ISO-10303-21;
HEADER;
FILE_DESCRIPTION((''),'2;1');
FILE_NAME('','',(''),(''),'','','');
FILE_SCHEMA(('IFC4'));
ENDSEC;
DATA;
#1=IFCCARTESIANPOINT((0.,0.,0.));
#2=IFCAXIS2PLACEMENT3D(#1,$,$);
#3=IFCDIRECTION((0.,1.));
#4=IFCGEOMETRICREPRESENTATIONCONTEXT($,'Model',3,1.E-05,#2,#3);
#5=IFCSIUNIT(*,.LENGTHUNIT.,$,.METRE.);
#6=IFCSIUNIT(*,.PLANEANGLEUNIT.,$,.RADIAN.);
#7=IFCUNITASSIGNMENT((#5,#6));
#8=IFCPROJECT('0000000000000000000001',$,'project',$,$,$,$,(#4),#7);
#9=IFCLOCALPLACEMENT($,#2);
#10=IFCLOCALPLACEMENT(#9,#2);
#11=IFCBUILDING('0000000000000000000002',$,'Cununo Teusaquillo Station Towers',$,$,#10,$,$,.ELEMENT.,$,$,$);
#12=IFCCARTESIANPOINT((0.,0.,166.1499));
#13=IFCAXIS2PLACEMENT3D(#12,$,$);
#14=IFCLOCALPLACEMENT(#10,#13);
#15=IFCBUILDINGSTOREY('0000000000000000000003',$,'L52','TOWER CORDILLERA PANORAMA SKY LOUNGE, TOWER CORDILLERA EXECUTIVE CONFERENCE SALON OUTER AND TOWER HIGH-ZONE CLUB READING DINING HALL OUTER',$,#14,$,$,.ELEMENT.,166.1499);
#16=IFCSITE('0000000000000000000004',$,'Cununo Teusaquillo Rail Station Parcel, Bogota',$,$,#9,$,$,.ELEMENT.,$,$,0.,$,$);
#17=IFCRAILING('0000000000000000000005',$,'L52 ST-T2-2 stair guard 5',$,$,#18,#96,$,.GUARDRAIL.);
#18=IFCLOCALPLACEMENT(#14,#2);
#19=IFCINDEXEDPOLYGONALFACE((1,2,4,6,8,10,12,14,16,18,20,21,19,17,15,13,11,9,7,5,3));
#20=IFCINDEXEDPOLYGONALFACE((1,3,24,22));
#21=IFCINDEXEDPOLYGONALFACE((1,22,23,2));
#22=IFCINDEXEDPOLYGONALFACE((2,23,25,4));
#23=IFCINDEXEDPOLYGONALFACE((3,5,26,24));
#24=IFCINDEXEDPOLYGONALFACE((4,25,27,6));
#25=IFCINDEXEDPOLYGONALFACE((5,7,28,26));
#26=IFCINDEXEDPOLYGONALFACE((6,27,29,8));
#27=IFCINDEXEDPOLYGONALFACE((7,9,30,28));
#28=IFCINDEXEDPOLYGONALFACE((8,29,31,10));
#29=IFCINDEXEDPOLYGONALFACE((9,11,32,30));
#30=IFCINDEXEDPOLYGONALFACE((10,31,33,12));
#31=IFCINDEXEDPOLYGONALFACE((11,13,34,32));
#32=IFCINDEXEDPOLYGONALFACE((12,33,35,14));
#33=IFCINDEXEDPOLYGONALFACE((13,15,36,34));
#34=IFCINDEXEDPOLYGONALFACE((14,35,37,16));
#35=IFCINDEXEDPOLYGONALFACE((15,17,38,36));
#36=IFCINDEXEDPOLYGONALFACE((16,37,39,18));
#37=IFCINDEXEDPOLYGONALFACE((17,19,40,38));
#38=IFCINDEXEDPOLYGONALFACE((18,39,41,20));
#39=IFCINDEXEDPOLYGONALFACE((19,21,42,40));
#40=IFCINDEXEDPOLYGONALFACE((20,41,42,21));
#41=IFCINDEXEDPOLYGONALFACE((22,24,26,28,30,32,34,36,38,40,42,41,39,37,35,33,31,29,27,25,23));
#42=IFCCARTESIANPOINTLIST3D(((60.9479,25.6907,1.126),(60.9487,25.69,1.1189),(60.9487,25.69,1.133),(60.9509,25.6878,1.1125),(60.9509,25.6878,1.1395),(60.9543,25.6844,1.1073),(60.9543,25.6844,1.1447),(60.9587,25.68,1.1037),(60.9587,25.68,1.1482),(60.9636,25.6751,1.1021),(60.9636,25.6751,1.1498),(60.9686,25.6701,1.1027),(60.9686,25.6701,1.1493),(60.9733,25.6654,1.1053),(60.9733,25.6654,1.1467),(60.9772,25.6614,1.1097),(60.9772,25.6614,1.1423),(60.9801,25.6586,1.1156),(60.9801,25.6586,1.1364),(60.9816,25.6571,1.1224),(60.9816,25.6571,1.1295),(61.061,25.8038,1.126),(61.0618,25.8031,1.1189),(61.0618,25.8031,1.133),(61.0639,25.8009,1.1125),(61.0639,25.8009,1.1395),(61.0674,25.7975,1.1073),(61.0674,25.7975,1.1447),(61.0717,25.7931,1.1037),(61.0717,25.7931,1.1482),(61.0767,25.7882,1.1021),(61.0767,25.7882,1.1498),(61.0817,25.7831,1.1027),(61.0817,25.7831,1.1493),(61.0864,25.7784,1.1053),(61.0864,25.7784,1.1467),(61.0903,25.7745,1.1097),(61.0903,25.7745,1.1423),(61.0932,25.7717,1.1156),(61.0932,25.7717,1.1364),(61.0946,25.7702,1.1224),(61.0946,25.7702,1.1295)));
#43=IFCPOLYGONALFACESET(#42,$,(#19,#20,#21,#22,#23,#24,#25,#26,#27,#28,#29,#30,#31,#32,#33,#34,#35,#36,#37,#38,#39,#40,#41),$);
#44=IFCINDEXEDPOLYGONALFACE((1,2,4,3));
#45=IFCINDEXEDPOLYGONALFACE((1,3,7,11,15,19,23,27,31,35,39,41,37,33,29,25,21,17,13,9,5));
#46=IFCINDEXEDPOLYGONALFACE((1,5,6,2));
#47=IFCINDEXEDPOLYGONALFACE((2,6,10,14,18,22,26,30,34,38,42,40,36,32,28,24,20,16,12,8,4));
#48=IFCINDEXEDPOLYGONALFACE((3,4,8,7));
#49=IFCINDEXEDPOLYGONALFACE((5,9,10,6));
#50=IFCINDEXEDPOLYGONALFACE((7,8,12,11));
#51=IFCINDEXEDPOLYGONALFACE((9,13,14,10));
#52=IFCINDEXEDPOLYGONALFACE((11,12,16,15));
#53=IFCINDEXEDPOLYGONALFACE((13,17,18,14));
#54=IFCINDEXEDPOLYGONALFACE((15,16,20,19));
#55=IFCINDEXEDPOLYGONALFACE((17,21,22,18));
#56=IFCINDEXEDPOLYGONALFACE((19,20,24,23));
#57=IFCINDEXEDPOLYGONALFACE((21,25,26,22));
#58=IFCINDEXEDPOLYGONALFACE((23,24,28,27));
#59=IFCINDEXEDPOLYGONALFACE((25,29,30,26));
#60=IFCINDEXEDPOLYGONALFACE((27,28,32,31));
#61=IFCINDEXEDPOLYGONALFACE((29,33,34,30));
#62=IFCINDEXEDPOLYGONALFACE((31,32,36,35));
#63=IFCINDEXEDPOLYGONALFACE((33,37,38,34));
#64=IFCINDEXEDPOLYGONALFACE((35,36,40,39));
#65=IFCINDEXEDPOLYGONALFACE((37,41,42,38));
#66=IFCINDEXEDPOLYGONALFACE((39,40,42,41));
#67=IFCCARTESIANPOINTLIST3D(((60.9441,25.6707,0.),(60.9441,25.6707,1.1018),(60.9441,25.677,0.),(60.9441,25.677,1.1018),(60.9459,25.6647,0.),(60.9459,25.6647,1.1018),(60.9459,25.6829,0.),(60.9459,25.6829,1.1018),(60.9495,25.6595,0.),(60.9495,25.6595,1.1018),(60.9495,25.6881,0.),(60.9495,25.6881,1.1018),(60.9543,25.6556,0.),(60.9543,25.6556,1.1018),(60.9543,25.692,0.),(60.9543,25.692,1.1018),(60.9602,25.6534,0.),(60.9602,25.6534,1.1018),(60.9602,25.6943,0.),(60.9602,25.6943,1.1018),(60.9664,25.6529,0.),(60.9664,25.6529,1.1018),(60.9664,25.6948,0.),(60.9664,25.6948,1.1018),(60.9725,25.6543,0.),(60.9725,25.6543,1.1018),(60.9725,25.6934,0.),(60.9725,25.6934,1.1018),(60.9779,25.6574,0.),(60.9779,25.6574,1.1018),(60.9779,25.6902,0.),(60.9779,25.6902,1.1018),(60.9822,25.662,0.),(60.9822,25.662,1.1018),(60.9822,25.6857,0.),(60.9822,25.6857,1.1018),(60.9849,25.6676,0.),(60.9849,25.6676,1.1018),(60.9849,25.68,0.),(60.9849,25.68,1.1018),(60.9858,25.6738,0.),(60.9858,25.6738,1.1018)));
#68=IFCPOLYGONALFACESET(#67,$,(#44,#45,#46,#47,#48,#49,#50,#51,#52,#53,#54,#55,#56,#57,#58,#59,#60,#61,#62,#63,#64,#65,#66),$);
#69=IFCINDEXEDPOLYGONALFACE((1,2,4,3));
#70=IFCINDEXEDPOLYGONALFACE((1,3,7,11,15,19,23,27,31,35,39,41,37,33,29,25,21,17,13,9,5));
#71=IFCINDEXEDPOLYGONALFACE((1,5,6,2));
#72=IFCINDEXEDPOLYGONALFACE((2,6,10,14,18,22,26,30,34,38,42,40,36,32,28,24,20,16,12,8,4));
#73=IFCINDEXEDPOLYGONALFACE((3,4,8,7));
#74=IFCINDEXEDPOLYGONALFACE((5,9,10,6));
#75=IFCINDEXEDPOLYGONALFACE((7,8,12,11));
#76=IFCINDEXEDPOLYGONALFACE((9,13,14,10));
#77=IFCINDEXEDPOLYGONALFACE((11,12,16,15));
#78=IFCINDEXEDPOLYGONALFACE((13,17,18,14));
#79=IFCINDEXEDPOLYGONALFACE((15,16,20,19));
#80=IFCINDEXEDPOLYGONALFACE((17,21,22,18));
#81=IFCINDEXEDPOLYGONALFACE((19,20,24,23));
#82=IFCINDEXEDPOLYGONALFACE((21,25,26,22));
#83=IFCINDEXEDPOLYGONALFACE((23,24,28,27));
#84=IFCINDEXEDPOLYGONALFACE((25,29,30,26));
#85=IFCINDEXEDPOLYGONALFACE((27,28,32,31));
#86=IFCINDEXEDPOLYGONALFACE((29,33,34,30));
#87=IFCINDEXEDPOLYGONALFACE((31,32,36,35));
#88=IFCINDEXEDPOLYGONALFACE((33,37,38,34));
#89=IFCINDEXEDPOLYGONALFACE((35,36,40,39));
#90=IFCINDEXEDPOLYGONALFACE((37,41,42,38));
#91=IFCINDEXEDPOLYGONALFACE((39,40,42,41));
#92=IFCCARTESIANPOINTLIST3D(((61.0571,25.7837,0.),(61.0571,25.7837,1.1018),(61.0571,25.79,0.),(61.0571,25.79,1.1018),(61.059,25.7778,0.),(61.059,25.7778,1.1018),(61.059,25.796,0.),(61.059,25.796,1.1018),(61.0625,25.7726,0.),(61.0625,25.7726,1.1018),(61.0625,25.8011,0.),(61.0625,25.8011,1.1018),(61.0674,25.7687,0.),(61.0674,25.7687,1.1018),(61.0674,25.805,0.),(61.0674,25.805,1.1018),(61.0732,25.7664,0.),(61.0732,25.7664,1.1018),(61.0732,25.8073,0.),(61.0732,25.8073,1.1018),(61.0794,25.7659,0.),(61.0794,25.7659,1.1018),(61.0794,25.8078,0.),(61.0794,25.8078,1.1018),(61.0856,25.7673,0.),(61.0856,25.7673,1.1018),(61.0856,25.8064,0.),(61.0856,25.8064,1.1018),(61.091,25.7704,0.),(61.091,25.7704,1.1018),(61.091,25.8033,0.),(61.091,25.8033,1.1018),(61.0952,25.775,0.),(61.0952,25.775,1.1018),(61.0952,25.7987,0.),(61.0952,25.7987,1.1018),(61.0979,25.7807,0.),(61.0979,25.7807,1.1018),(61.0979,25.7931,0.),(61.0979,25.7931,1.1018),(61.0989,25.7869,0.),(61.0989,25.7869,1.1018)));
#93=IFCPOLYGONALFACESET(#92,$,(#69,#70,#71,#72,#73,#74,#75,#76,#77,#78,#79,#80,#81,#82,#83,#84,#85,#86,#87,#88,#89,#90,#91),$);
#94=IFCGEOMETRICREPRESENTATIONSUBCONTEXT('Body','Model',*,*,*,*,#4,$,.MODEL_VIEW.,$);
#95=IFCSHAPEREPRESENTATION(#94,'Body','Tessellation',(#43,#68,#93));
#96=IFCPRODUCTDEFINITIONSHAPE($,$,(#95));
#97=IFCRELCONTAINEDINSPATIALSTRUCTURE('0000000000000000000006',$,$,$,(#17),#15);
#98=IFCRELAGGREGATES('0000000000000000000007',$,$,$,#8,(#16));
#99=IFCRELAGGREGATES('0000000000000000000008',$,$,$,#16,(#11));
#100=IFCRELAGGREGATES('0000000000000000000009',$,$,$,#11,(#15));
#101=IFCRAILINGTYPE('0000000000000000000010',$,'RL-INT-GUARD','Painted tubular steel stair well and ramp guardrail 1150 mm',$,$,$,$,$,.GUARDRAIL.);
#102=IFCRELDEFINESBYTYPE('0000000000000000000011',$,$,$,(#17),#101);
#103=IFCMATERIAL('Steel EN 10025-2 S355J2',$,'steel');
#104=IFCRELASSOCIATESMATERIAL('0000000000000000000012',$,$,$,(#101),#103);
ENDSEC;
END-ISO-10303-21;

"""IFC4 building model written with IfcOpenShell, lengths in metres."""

from ifc_helpers import new_model, si_unit, direction, frame, origin, origin_2d, place, context, subcontext, project, spatial, circle, extrude, material, type_object, element, save


model = new_model("IFC4")

# Units and contexts
model_context = context("Model", 3, precision=1e-05, world=origin(), true_north=direction((0.0, 1.0)))
body_context = subcontext(model_context, "Body", "Model", "MODEL_VIEW")
ifc_project = project(units=[si_unit("LENGTHUNIT", "METRE"), si_unit("PLANEANGLEUNIT", "RADIAN")], contexts=[model_context])

# Site, building, storey
site_placement = place(None, origin())
site = spatial("IfcSite", under=ifc_project, at=site_placement, Name="Cununo Teusaquillo Rail Station Parcel, Bogota", CompositionType="ELEMENT", RefElevation=0.0)
building_placement = place(site_placement, origin())
building = spatial("IfcBuilding", under=site, at=building_placement, Name="Cununo Teusaquillo Station Towers", CompositionType="ELEMENT")
storey_placement = place(building_placement, frame((0.0, 0.0, 166.1499)))
storey = spatial("IfcBuildingStorey", under=building, at=storey_placement, Name="L52", Description="TOWER CORDILLERA PANORAMA SKY LOUNGE, TOWER CORDILLERA EXECUTIVE CONFERENCE SALON OUTER AND TOWER HIGH-ZONE CLUB READING DINING HALL OUTER", CompositionType="ELEMENT", Elevation=166.1499)

# Railing
ifc_material_1 = material(Name="Steel EN 10025-2 S355J2", Category="steel")
railing_type_1 = type_object("IfcRailingType", Name="RL-INT-GUARD", Description="Painted tubular steel stair well and ramp guardrail 1150 mm", PredefinedType="GUARDRAIL", material=ifc_material_1)
railing_1_placement = place(storey_placement, frame((60.9648, 25.6738, 0.0)))
element("IfcRailing", 1, at=railing_1_placement, inside=storey, type_object=railing_type_1, Name="L52 ST-T2-2 stair guard 5", PredefinedType="GUARDRAIL", context=body_context, shape_type="SweptSolid", body=[
    extrude(circle(Radius=0.0239, at=origin_2d()), frame((0.0, 0.0, 1.126), z_axis=(0.707107, 0.707107, 0.0), x_axis=(-0.707107, 0.707107, 0.0)), (0.0, 0.0, 1.0), 0.1599),
    extrude(circle(Radius=0.021, at=origin_2d()), origin(), (0.0, 0.0, 1.0), 1.1018),
    extrude(circle(Radius=0.021, at=origin_2d()), frame((0.113, 0.113, 0.0)), (0.0, 0.0, 1.0), 1.1018),
])

save(model, "model.ifc")
